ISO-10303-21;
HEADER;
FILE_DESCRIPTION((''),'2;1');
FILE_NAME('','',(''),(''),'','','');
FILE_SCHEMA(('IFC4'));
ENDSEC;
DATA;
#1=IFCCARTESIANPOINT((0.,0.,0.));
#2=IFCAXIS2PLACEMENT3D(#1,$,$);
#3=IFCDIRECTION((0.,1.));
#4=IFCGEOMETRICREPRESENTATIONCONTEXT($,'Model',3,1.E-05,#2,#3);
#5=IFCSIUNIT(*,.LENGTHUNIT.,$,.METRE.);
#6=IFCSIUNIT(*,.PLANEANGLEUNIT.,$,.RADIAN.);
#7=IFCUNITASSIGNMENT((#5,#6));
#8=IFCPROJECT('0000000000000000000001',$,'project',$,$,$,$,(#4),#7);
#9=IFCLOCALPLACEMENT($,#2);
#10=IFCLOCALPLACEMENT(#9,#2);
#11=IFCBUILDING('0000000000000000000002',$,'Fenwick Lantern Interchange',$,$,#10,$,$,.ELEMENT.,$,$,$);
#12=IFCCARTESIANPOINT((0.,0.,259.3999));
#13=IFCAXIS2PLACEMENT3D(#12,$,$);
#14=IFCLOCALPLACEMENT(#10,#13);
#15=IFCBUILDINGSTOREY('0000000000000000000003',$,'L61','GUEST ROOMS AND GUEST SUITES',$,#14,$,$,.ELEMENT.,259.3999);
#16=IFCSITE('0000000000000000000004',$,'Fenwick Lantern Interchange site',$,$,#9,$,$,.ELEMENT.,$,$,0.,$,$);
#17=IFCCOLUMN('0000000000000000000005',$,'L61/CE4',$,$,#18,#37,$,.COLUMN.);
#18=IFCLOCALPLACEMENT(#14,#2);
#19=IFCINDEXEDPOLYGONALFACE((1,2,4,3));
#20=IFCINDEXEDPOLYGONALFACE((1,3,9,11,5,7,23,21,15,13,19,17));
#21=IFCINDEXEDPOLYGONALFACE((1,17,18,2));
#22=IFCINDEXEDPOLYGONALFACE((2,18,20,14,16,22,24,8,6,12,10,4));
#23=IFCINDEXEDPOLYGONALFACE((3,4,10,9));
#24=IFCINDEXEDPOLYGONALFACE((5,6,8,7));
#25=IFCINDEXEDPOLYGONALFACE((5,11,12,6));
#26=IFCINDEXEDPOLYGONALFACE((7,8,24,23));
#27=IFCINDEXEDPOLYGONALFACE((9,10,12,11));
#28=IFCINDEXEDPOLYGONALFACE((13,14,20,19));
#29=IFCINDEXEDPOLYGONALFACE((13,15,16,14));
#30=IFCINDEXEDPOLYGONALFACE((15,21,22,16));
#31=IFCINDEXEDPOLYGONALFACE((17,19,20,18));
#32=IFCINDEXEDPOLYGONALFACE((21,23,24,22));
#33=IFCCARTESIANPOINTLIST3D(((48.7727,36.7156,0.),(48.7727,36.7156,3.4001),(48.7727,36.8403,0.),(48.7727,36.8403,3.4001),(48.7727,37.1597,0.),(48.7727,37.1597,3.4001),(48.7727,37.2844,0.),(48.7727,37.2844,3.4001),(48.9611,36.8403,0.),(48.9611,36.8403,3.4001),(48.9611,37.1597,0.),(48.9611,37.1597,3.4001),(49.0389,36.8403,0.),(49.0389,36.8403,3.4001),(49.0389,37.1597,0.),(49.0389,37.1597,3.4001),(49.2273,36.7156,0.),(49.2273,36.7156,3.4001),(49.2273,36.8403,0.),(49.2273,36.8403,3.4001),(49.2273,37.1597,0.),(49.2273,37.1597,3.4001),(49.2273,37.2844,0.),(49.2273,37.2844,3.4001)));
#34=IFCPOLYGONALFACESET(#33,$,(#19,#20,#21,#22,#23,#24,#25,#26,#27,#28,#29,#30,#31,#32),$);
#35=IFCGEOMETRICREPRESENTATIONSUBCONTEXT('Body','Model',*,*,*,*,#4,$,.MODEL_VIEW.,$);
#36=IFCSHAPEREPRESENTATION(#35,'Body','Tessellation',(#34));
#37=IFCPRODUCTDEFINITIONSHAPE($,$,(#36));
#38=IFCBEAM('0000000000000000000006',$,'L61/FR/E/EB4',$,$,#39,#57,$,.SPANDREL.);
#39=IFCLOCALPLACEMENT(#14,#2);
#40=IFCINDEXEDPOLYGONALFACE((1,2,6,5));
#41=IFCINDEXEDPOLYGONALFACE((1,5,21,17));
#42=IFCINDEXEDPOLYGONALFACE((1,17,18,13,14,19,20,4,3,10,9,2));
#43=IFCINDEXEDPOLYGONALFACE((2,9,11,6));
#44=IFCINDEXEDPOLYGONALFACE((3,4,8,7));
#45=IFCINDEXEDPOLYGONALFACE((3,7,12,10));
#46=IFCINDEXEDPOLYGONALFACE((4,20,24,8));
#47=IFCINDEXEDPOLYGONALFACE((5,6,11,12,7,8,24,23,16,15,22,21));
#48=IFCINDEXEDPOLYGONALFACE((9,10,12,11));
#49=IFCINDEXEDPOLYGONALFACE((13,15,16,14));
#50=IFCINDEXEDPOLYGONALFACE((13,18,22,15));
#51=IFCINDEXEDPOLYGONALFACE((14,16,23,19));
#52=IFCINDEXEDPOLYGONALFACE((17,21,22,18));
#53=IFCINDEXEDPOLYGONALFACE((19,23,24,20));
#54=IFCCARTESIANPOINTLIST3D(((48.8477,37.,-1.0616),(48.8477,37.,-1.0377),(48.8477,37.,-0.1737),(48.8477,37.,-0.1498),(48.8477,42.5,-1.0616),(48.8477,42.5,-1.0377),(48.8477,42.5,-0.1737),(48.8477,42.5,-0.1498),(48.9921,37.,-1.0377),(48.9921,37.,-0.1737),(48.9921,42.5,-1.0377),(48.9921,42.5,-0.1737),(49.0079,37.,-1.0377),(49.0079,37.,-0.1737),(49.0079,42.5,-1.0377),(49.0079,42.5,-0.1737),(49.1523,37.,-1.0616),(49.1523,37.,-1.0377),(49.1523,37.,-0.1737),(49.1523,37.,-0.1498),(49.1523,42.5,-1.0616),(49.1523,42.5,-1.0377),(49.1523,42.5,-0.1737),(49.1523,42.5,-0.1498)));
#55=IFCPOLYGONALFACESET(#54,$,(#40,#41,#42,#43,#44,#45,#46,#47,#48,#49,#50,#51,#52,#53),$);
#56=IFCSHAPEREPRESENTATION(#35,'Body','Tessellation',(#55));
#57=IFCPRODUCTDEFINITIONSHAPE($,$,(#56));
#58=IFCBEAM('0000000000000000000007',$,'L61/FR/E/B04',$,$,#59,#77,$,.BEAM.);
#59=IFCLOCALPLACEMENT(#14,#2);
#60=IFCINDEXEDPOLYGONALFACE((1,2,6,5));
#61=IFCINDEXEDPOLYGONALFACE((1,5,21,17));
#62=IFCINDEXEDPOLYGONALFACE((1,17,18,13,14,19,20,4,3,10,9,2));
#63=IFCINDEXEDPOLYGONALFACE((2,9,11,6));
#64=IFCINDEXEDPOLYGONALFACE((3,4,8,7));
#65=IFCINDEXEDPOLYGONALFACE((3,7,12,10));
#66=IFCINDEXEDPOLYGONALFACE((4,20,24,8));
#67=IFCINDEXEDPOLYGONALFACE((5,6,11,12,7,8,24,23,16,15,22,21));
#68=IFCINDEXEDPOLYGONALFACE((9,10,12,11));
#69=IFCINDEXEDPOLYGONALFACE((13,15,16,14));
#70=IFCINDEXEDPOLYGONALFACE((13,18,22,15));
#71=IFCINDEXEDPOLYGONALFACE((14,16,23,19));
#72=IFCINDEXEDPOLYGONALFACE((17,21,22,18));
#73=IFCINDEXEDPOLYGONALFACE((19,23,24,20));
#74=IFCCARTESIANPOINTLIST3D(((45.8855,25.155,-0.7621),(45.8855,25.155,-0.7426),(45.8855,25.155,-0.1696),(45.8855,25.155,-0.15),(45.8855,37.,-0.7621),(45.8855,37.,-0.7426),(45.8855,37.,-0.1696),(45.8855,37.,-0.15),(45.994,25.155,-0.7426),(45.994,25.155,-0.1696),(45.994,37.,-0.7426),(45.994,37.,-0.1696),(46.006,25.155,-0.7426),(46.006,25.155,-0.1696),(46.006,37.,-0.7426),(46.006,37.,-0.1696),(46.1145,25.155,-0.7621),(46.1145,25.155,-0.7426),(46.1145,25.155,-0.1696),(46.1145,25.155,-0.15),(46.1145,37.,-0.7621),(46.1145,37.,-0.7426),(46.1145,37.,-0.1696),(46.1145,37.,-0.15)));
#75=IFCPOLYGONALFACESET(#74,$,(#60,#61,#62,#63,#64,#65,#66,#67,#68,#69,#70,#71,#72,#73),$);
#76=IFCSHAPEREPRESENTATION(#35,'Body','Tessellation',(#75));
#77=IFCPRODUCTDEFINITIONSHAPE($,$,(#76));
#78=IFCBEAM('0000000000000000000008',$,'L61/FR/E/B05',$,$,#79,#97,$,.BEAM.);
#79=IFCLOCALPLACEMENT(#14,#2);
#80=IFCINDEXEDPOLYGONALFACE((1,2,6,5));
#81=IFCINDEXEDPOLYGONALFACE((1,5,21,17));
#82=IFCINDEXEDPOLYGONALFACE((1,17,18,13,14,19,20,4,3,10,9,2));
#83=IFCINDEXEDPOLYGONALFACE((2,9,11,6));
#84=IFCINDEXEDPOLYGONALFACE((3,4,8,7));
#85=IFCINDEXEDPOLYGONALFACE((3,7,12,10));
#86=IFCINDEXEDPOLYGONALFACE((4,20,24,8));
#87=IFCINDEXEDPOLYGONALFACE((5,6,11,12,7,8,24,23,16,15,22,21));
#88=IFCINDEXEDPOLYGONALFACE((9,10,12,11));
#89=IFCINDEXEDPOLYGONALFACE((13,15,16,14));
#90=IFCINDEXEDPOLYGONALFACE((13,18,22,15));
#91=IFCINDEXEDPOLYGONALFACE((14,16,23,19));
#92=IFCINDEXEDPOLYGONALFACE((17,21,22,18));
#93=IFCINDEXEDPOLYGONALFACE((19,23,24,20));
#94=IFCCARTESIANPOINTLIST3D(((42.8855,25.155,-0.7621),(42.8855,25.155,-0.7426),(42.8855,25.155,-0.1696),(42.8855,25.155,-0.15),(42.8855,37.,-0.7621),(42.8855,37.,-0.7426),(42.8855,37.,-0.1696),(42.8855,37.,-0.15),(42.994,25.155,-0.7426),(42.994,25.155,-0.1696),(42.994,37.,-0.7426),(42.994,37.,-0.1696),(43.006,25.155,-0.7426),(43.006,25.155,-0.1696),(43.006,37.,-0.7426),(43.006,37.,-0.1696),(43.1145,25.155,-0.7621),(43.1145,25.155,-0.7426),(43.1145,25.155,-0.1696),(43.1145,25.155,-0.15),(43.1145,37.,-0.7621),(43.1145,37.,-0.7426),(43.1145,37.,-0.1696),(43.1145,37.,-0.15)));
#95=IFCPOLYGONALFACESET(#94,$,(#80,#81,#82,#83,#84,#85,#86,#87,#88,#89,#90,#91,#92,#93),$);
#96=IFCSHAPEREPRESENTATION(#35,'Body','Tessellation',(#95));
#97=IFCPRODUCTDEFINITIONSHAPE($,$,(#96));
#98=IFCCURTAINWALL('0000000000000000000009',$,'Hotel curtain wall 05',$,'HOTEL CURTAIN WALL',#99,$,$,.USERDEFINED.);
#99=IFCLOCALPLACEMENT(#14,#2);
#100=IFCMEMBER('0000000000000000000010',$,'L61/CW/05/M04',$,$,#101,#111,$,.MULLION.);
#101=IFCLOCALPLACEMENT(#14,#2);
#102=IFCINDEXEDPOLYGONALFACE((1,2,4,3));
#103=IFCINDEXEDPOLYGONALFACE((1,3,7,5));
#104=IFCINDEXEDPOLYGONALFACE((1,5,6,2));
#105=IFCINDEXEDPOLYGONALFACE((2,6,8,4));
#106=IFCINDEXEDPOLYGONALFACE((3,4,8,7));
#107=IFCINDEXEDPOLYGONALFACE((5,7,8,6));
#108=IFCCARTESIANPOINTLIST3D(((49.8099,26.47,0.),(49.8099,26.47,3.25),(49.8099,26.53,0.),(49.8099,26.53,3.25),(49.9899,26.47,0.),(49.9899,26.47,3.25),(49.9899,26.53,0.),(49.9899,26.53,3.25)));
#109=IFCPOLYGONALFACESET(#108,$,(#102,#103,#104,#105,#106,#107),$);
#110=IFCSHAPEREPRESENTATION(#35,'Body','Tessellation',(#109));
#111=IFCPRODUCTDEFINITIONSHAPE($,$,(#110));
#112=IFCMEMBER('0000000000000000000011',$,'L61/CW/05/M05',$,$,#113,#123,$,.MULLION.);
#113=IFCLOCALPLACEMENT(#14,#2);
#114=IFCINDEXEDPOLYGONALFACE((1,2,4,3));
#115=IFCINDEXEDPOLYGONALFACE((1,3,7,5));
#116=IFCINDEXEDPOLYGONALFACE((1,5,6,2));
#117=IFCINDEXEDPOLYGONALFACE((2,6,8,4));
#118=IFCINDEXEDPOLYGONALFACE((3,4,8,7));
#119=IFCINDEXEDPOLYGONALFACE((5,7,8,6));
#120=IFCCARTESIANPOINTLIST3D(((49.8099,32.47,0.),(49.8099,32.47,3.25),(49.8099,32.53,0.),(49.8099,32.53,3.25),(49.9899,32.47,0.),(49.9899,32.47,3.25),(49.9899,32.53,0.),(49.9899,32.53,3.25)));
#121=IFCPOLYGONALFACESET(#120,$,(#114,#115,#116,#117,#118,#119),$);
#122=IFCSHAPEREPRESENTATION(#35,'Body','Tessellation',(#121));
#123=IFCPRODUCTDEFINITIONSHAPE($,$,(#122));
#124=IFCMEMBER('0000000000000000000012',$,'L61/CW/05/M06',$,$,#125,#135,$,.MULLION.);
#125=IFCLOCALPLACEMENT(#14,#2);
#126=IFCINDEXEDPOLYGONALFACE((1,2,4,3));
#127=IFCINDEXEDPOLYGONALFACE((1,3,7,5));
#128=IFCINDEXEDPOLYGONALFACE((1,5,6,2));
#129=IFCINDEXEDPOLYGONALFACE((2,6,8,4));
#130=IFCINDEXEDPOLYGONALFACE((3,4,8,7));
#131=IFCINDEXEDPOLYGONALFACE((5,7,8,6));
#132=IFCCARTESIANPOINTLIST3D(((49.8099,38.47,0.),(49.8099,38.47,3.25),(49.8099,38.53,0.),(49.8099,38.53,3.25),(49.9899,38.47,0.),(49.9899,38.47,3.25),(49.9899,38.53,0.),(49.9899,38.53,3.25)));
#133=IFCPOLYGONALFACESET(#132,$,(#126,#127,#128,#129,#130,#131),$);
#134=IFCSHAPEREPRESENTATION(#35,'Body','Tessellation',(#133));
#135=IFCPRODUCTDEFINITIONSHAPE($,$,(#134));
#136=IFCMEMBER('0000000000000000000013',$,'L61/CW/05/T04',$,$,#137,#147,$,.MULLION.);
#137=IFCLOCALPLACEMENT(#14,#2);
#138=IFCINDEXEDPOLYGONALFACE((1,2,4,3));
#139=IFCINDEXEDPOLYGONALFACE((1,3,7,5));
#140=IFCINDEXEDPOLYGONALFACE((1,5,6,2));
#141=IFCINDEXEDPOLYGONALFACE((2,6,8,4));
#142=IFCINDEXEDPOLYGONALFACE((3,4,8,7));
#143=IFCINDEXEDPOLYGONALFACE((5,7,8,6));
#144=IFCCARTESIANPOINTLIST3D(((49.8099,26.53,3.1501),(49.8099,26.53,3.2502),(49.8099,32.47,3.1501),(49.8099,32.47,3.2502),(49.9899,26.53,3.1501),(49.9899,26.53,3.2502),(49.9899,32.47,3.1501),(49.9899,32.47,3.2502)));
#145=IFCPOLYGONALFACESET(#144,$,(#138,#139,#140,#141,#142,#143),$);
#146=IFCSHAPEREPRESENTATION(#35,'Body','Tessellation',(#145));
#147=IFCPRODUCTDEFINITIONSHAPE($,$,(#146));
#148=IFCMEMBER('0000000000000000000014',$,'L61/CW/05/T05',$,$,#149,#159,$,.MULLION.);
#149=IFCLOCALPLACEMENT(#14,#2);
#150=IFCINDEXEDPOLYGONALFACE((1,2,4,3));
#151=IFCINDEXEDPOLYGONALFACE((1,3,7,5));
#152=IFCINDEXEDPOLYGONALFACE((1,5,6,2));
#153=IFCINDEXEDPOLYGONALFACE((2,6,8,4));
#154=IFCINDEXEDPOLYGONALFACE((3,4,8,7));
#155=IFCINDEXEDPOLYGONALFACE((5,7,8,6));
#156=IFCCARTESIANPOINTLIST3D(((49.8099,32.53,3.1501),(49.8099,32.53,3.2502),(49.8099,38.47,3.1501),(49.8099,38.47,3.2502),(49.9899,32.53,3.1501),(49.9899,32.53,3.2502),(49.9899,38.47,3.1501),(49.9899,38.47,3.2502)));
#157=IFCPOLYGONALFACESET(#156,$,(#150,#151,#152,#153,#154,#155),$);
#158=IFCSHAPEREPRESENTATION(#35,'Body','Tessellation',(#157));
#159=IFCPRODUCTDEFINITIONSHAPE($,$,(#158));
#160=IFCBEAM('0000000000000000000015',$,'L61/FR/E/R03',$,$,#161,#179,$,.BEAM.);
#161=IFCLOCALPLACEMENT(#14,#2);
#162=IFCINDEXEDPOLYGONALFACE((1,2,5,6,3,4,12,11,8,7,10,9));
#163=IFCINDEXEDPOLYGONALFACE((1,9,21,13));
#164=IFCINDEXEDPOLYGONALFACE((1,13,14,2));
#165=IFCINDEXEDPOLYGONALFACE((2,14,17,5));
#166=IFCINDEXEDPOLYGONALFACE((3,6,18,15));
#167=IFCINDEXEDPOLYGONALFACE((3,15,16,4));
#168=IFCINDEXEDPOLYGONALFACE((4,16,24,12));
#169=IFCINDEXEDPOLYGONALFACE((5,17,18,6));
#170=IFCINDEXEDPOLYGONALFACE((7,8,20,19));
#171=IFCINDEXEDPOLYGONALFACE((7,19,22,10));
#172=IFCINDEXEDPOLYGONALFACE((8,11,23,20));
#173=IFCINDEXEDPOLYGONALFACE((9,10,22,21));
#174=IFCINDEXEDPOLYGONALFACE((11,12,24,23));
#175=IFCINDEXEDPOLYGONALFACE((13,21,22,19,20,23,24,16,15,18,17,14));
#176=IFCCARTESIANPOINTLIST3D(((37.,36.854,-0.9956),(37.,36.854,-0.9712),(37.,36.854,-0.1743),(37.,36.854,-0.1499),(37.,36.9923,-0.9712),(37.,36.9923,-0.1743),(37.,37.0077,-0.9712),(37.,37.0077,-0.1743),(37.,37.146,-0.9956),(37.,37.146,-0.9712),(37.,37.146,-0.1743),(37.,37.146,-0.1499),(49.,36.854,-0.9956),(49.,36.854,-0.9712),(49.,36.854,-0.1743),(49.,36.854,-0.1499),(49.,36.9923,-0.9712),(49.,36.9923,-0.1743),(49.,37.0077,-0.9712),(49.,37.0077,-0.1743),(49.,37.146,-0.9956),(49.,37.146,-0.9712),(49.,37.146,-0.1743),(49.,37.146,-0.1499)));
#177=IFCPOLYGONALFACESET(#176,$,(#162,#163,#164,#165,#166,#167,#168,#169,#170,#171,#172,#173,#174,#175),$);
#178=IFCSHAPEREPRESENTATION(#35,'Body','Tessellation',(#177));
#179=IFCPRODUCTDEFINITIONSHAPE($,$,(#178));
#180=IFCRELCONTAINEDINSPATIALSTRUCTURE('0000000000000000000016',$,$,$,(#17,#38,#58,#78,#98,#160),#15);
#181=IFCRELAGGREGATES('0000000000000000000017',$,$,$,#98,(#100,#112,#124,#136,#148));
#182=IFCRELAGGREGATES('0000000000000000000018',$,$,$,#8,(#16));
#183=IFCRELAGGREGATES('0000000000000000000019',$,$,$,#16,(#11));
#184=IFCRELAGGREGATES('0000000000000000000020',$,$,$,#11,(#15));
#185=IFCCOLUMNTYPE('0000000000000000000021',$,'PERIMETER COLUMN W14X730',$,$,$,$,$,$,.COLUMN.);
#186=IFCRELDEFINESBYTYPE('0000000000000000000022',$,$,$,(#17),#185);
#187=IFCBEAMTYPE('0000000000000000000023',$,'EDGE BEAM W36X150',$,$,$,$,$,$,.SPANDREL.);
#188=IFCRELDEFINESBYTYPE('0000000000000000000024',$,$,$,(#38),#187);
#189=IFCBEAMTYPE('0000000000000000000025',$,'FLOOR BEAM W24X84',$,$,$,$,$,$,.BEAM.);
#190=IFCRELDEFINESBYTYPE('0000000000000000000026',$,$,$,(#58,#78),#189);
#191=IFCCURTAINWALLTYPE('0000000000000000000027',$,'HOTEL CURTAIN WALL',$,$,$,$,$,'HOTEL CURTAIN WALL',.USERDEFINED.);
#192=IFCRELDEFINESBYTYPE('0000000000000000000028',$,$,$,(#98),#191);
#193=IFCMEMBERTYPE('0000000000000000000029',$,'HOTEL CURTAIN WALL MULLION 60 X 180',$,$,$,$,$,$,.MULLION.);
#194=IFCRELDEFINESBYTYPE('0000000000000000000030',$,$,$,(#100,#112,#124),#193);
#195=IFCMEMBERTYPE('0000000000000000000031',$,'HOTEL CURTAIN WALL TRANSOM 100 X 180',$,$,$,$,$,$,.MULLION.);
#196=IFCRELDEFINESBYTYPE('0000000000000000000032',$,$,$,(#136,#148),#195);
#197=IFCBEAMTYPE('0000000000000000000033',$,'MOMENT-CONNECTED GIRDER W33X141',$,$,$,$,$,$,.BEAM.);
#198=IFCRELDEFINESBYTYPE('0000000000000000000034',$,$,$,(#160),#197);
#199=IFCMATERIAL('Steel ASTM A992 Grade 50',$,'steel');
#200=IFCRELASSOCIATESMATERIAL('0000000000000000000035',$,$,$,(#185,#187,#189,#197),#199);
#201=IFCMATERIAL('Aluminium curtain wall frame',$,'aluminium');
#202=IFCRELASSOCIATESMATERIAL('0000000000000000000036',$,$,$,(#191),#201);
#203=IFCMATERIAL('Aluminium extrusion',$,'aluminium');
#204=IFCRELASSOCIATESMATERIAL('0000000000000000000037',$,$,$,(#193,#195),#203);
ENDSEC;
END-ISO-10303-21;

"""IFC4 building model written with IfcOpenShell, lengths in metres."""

from ifc_helpers import new_model, si_unit, direction, frame, origin, origin_2d, place, context, subcontext, project, spatial, rectangle, i_section, extrude, material, material_profile, profile_set, type_object, element, aggregate, save


model = new_model("IFC4")

# Units and contexts
model_context = context("Model", 3, precision=1e-05, world=origin(), true_north=direction((0.0, 1.0)))
body_context = subcontext(model_context, "Body", "Model", "MODEL_VIEW")
ifc_project = project(units=[si_unit("LENGTHUNIT", "METRE"), si_unit("PLANEANGLEUNIT", "RADIAN")], contexts=[model_context])

# Site, building, storey
site_placement = place(None, origin())
site = spatial("IfcSite", under=ifc_project, at=site_placement, Name="Fenwick Lantern Interchange site", CompositionType="ELEMENT", RefElevation=0.0)
building_placement = place(site_placement, origin())
building = spatial("IfcBuilding", under=site, at=building_placement, Name="Fenwick Lantern Interchange", CompositionType="ELEMENT")
storey_placement = place(building_placement, frame((0.0, 0.0, 259.3999)))
storey = spatial("IfcBuildingStorey", under=building, at=storey_placement, Name="L61", Description="GUEST ROOMS AND GUEST SUITES", CompositionType="ELEMENT", Elevation=259.3999)

# Column
ifc_material_1 = material(Name="Steel ASTM A992 Grade 50", Category="steel")
ifc_material_profile_1 = material_profile(ifc_material_1, i_section(OverallWidth=0.4546, OverallDepth=0.5688, WebThickness=0.0779, FlangeThickness=0.1248, at=origin_2d()), Name="W14X730")
ifc_profile_set_1 = profile_set([ifc_material_profile_1], Name="Steel ASTM A992 Grade 50")
column_type = type_object("IfcColumnType", Name="PERIMETER COLUMN W14X730", PredefinedType="COLUMN", material=ifc_profile_set_1)
column_placement = place(storey_placement, frame((49.0, 37.0, 0.0), z_axis=(0.0, 0.0, 1.0), x_axis=(1.0, 0.0, 0.0)))
element("IfcColumn", 1, at=column_placement, inside=storey, type_object=column_type, Name="L61/CE4", PredefinedType="COLUMN", context=body_context, shape_type="SweptSolid", body=[
    extrude(i_section(OverallWidth=0.4546, OverallDepth=0.5688, WebThickness=0.0779, FlangeThickness=0.1248, at=origin_2d()), origin(), (0.0, 0.0, 1.0), 3.4001),
])

# Beams
ifc_material_profile_2 = material_profile(ifc_material_1, i_section(OverallWidth=0.3047, OverallDepth=0.9119, WebThickness=0.0159, FlangeThickness=0.0239, at=origin_2d()), Name="W36X150")
ifc_profile_set_2 = profile_set([ifc_material_profile_2], Name="Steel ASTM A992 Grade 50")
beam_type_1 = type_object("IfcBeamType", Name="EDGE BEAM W36X150", PredefinedType="SPANDREL", material=ifc_profile_set_2)
beam_1_placement = place(storey_placement, frame((49.0, 37.0, -0.6057), z_axis=(0.0, 1.0, 0.0), x_axis=(-1.0, 0.0, 0.0)))
element("IfcBeam", 2, at=beam_1_placement, inside=storey, type_object=beam_type_1, Name="L61/FR/E/EB4", PredefinedType="SPANDREL", context=body_context, shape_type="SweptSolid", body=[
    extrude(i_section(OverallWidth=0.3047, OverallDepth=0.9119, WebThickness=0.0159, FlangeThickness=0.0239, at=origin_2d()), origin(), (0.0, 0.0, 1.0), 5.5),
])
ifc_material_profile_3 = material_profile(ifc_material_1, i_section(OverallWidth=0.229, OverallDepth=0.6121, WebThickness=0.012, FlangeThickness=0.0195, at=origin_2d()), Name="W24X84")
ifc_profile_set_3 = profile_set([ifc_material_profile_3], Name="Steel ASTM A992 Grade 50")
beam_type_2 = type_object("IfcBeamType", Name="FLOOR BEAM W24X84", PredefinedType="BEAM", material=ifc_profile_set_3)
for number, where, z_axis, x_axis, name in (
    (3, (46.0, 25.155, -0.4561), (0.0, 1.0, 0.0), (-1.0, 0.0, 0.0), "L61/FR/E/B04"),
    (4, (43.0, 25.155, -0.4561), (0.0, 1.0, 0.0), (-1.0, 0.0, 0.0), "L61/FR/E/B05"),
):
    element("IfcBeam", number, at=place(storey_placement, frame(where, z_axis=z_axis, x_axis=x_axis)), inside=storey, type_object=beam_type_2, Name=name, PredefinedType="BEAM", context=body_context, shape_type="SweptSolid", body=[
        extrude(i_section(OverallWidth=0.229, OverallDepth=0.6121, WebThickness=0.012, FlangeThickness=0.0195, at=origin_2d()), origin(), (0.0, 0.0, 1.0), 11.845),
    ])

# Curtain wall, members
ifc_material_2 = material(Name="Aluminium curtain wall frame", Category="aluminium")
curtain_wall_type = type_object("IfcCurtainWallType", Name="HOTEL CURTAIN WALL", ElementType="HOTEL CURTAIN WALL", PredefinedType="USERDEFINED", material=ifc_material_2)
curtain_wall_placement = place(storey_placement, origin())
curtain_wall = element("IfcCurtainWall", 5, at=curtain_wall_placement, inside=storey, type_object=curtain_wall_type, Name="Hotel curtain wall 05", ObjectType="HOTEL CURTAIN WALL", PredefinedType="USERDEFINED")
ifc_material_3 = material(Name="Aluminium extrusion", Category="aluminium")
ifc_material_profile_4 = material_profile(ifc_material_3, rectangle(XDim=0.1799, YDim=0.0601, at=origin_2d()), Name="HOTEL CURTAIN WALL MULLION 60 X 180")
ifc_profile_set_4 = profile_set([ifc_material_profile_4], Name="Aluminium extrusion")
member_type_1 = type_object("IfcMemberType", Name="HOTEL CURTAIN WALL MULLION 60 X 180", PredefinedType="MULLION", material=ifc_profile_set_4)
member_1_placement = place(storey_placement, frame((49.8999, 26.5, 0.0), z_axis=(0.0, 0.0, 1.0), x_axis=(-1.0, 0.0, 0.0)))
member_1 = element("IfcMember", 6, at=member_1_placement, type_object=member_type_1, Name="L61/CW/05/M04", PredefinedType="MULLION", context=body_context, shape_type="SweptSolid", body=[
    extrude(rectangle(XDim=0.1799, YDim=0.0601, at=origin_2d()), origin(), (0.0, 0.0, 1.0), 3.25),
])
member_2_placement = place(storey_placement, frame((49.8999, 32.5, 0.0), z_axis=(0.0, 0.0, 1.0), x_axis=(-1.0, 0.0, 0.0)))
member_2 = element("IfcMember", 7, at=member_2_placement, type_object=member_type_1, Name="L61/CW/05/M05", PredefinedType="MULLION", context=body_context, shape_type="SweptSolid", body=[
    extrude(rectangle(XDim=0.1799, YDim=0.0601, at=origin_2d()), origin(), (0.0, 0.0, 1.0), 3.25),
])
member_3_placement = place(storey_placement, frame((49.8999, 38.5, 0.0), z_axis=(0.0, 0.0, 1.0), x_axis=(-1.0, 0.0, 0.0)))
member_3 = element("IfcMember", 8, at=member_3_placement, type_object=member_type_1, Name="L61/CW/05/M06", PredefinedType="MULLION", context=body_context, shape_type="SweptSolid", body=[
    extrude(rectangle(XDim=0.1799, YDim=0.0601, at=origin_2d()), origin(), (0.0, 0.0, 1.0), 3.25),
])
ifc_material_profile_5 = material_profile(ifc_material_3, rectangle(XDim=0.1799, YDim=0.1001, at=origin_2d()), Name="HOTEL CURTAIN WALL TRANSOM 100 X 180")
ifc_profile_set_5 = profile_set([ifc_material_profile_5], Name="Aluminium extrusion")
member_type_2 = type_object("IfcMemberType", Name="HOTEL CURTAIN WALL TRANSOM 100 X 180", PredefinedType="MULLION", material=ifc_profile_set_5)
member_4_placement = place(storey_placement, frame((49.8999, 26.53, 3.2002), z_axis=(0.0, 1.0, 0.0), x_axis=(-1.0, 0.0, 0.0)))
member_4 = element("IfcMember", 9, at=member_4_placement, type_object=member_type_2, Name="L61/CW/05/T04", PredefinedType="MULLION", context=body_context, shape_type="SweptSolid", body=[
    extrude(rectangle(XDim=0.1799, YDim=0.1001, at=origin_2d()), origin(), (0.0, 0.0, 1.0), 5.9399),
])
member_5_placement = place(storey_placement, frame((49.8999, 32.53, 3.2002), z_axis=(0.0, 1.0, 0.0), x_axis=(-1.0, 0.0, 0.0)))
member_5 = element("IfcMember", 10, at=member_5_placement, type_object=member_type_2, Name="L61/CW/05/T05", PredefinedType="MULLION", context=body_context, shape_type="SweptSolid", body=[
    extrude(rectangle(XDim=0.1799, YDim=0.1001, at=origin_2d()), origin(), (0.0, 0.0, 1.0), 5.9399),
])
aggregate(curtain_wall, [member_1, member_2, member_3, member_4, member_5])

# Beam
ifc_material_profile_6 = material_profile(ifc_material_1, i_section(OverallWidth=0.292, OverallDepth=0.8457, WebThickness=0.0154, FlangeThickness=0.0244, at=origin_2d()), Name="W33X141")
ifc_profile_set_6 = profile_set([ifc_material_profile_6], Name="Steel ASTM A992 Grade 50")
beam_type_3 = type_object("IfcBeamType", Name="MOMENT-CONNECTED GIRDER W33X141", PredefinedType="BEAM", material=ifc_profile_set_6)
beam_2_placement = place(storey_placement, frame((49.0, 37.0, -0.5728), z_axis=(-1.0, 0.0, 0.0), x_axis=(0.0, -1.0, 0.0)))
element("IfcBeam", 11, at=beam_2_placement, inside=storey, type_object=beam_type_3, Name="L61/FR/E/R03", PredefinedType="BEAM", context=body_context, shape_type="SweptSolid", body=[
    extrude(i_section(OverallWidth=0.292, OverallDepth=0.8457, WebThickness=0.0154, FlangeThickness=0.0244, at=origin_2d()), origin(), (0.0, 0.0, 1.0), 12.0),
])

save(model, "model.ifc")
